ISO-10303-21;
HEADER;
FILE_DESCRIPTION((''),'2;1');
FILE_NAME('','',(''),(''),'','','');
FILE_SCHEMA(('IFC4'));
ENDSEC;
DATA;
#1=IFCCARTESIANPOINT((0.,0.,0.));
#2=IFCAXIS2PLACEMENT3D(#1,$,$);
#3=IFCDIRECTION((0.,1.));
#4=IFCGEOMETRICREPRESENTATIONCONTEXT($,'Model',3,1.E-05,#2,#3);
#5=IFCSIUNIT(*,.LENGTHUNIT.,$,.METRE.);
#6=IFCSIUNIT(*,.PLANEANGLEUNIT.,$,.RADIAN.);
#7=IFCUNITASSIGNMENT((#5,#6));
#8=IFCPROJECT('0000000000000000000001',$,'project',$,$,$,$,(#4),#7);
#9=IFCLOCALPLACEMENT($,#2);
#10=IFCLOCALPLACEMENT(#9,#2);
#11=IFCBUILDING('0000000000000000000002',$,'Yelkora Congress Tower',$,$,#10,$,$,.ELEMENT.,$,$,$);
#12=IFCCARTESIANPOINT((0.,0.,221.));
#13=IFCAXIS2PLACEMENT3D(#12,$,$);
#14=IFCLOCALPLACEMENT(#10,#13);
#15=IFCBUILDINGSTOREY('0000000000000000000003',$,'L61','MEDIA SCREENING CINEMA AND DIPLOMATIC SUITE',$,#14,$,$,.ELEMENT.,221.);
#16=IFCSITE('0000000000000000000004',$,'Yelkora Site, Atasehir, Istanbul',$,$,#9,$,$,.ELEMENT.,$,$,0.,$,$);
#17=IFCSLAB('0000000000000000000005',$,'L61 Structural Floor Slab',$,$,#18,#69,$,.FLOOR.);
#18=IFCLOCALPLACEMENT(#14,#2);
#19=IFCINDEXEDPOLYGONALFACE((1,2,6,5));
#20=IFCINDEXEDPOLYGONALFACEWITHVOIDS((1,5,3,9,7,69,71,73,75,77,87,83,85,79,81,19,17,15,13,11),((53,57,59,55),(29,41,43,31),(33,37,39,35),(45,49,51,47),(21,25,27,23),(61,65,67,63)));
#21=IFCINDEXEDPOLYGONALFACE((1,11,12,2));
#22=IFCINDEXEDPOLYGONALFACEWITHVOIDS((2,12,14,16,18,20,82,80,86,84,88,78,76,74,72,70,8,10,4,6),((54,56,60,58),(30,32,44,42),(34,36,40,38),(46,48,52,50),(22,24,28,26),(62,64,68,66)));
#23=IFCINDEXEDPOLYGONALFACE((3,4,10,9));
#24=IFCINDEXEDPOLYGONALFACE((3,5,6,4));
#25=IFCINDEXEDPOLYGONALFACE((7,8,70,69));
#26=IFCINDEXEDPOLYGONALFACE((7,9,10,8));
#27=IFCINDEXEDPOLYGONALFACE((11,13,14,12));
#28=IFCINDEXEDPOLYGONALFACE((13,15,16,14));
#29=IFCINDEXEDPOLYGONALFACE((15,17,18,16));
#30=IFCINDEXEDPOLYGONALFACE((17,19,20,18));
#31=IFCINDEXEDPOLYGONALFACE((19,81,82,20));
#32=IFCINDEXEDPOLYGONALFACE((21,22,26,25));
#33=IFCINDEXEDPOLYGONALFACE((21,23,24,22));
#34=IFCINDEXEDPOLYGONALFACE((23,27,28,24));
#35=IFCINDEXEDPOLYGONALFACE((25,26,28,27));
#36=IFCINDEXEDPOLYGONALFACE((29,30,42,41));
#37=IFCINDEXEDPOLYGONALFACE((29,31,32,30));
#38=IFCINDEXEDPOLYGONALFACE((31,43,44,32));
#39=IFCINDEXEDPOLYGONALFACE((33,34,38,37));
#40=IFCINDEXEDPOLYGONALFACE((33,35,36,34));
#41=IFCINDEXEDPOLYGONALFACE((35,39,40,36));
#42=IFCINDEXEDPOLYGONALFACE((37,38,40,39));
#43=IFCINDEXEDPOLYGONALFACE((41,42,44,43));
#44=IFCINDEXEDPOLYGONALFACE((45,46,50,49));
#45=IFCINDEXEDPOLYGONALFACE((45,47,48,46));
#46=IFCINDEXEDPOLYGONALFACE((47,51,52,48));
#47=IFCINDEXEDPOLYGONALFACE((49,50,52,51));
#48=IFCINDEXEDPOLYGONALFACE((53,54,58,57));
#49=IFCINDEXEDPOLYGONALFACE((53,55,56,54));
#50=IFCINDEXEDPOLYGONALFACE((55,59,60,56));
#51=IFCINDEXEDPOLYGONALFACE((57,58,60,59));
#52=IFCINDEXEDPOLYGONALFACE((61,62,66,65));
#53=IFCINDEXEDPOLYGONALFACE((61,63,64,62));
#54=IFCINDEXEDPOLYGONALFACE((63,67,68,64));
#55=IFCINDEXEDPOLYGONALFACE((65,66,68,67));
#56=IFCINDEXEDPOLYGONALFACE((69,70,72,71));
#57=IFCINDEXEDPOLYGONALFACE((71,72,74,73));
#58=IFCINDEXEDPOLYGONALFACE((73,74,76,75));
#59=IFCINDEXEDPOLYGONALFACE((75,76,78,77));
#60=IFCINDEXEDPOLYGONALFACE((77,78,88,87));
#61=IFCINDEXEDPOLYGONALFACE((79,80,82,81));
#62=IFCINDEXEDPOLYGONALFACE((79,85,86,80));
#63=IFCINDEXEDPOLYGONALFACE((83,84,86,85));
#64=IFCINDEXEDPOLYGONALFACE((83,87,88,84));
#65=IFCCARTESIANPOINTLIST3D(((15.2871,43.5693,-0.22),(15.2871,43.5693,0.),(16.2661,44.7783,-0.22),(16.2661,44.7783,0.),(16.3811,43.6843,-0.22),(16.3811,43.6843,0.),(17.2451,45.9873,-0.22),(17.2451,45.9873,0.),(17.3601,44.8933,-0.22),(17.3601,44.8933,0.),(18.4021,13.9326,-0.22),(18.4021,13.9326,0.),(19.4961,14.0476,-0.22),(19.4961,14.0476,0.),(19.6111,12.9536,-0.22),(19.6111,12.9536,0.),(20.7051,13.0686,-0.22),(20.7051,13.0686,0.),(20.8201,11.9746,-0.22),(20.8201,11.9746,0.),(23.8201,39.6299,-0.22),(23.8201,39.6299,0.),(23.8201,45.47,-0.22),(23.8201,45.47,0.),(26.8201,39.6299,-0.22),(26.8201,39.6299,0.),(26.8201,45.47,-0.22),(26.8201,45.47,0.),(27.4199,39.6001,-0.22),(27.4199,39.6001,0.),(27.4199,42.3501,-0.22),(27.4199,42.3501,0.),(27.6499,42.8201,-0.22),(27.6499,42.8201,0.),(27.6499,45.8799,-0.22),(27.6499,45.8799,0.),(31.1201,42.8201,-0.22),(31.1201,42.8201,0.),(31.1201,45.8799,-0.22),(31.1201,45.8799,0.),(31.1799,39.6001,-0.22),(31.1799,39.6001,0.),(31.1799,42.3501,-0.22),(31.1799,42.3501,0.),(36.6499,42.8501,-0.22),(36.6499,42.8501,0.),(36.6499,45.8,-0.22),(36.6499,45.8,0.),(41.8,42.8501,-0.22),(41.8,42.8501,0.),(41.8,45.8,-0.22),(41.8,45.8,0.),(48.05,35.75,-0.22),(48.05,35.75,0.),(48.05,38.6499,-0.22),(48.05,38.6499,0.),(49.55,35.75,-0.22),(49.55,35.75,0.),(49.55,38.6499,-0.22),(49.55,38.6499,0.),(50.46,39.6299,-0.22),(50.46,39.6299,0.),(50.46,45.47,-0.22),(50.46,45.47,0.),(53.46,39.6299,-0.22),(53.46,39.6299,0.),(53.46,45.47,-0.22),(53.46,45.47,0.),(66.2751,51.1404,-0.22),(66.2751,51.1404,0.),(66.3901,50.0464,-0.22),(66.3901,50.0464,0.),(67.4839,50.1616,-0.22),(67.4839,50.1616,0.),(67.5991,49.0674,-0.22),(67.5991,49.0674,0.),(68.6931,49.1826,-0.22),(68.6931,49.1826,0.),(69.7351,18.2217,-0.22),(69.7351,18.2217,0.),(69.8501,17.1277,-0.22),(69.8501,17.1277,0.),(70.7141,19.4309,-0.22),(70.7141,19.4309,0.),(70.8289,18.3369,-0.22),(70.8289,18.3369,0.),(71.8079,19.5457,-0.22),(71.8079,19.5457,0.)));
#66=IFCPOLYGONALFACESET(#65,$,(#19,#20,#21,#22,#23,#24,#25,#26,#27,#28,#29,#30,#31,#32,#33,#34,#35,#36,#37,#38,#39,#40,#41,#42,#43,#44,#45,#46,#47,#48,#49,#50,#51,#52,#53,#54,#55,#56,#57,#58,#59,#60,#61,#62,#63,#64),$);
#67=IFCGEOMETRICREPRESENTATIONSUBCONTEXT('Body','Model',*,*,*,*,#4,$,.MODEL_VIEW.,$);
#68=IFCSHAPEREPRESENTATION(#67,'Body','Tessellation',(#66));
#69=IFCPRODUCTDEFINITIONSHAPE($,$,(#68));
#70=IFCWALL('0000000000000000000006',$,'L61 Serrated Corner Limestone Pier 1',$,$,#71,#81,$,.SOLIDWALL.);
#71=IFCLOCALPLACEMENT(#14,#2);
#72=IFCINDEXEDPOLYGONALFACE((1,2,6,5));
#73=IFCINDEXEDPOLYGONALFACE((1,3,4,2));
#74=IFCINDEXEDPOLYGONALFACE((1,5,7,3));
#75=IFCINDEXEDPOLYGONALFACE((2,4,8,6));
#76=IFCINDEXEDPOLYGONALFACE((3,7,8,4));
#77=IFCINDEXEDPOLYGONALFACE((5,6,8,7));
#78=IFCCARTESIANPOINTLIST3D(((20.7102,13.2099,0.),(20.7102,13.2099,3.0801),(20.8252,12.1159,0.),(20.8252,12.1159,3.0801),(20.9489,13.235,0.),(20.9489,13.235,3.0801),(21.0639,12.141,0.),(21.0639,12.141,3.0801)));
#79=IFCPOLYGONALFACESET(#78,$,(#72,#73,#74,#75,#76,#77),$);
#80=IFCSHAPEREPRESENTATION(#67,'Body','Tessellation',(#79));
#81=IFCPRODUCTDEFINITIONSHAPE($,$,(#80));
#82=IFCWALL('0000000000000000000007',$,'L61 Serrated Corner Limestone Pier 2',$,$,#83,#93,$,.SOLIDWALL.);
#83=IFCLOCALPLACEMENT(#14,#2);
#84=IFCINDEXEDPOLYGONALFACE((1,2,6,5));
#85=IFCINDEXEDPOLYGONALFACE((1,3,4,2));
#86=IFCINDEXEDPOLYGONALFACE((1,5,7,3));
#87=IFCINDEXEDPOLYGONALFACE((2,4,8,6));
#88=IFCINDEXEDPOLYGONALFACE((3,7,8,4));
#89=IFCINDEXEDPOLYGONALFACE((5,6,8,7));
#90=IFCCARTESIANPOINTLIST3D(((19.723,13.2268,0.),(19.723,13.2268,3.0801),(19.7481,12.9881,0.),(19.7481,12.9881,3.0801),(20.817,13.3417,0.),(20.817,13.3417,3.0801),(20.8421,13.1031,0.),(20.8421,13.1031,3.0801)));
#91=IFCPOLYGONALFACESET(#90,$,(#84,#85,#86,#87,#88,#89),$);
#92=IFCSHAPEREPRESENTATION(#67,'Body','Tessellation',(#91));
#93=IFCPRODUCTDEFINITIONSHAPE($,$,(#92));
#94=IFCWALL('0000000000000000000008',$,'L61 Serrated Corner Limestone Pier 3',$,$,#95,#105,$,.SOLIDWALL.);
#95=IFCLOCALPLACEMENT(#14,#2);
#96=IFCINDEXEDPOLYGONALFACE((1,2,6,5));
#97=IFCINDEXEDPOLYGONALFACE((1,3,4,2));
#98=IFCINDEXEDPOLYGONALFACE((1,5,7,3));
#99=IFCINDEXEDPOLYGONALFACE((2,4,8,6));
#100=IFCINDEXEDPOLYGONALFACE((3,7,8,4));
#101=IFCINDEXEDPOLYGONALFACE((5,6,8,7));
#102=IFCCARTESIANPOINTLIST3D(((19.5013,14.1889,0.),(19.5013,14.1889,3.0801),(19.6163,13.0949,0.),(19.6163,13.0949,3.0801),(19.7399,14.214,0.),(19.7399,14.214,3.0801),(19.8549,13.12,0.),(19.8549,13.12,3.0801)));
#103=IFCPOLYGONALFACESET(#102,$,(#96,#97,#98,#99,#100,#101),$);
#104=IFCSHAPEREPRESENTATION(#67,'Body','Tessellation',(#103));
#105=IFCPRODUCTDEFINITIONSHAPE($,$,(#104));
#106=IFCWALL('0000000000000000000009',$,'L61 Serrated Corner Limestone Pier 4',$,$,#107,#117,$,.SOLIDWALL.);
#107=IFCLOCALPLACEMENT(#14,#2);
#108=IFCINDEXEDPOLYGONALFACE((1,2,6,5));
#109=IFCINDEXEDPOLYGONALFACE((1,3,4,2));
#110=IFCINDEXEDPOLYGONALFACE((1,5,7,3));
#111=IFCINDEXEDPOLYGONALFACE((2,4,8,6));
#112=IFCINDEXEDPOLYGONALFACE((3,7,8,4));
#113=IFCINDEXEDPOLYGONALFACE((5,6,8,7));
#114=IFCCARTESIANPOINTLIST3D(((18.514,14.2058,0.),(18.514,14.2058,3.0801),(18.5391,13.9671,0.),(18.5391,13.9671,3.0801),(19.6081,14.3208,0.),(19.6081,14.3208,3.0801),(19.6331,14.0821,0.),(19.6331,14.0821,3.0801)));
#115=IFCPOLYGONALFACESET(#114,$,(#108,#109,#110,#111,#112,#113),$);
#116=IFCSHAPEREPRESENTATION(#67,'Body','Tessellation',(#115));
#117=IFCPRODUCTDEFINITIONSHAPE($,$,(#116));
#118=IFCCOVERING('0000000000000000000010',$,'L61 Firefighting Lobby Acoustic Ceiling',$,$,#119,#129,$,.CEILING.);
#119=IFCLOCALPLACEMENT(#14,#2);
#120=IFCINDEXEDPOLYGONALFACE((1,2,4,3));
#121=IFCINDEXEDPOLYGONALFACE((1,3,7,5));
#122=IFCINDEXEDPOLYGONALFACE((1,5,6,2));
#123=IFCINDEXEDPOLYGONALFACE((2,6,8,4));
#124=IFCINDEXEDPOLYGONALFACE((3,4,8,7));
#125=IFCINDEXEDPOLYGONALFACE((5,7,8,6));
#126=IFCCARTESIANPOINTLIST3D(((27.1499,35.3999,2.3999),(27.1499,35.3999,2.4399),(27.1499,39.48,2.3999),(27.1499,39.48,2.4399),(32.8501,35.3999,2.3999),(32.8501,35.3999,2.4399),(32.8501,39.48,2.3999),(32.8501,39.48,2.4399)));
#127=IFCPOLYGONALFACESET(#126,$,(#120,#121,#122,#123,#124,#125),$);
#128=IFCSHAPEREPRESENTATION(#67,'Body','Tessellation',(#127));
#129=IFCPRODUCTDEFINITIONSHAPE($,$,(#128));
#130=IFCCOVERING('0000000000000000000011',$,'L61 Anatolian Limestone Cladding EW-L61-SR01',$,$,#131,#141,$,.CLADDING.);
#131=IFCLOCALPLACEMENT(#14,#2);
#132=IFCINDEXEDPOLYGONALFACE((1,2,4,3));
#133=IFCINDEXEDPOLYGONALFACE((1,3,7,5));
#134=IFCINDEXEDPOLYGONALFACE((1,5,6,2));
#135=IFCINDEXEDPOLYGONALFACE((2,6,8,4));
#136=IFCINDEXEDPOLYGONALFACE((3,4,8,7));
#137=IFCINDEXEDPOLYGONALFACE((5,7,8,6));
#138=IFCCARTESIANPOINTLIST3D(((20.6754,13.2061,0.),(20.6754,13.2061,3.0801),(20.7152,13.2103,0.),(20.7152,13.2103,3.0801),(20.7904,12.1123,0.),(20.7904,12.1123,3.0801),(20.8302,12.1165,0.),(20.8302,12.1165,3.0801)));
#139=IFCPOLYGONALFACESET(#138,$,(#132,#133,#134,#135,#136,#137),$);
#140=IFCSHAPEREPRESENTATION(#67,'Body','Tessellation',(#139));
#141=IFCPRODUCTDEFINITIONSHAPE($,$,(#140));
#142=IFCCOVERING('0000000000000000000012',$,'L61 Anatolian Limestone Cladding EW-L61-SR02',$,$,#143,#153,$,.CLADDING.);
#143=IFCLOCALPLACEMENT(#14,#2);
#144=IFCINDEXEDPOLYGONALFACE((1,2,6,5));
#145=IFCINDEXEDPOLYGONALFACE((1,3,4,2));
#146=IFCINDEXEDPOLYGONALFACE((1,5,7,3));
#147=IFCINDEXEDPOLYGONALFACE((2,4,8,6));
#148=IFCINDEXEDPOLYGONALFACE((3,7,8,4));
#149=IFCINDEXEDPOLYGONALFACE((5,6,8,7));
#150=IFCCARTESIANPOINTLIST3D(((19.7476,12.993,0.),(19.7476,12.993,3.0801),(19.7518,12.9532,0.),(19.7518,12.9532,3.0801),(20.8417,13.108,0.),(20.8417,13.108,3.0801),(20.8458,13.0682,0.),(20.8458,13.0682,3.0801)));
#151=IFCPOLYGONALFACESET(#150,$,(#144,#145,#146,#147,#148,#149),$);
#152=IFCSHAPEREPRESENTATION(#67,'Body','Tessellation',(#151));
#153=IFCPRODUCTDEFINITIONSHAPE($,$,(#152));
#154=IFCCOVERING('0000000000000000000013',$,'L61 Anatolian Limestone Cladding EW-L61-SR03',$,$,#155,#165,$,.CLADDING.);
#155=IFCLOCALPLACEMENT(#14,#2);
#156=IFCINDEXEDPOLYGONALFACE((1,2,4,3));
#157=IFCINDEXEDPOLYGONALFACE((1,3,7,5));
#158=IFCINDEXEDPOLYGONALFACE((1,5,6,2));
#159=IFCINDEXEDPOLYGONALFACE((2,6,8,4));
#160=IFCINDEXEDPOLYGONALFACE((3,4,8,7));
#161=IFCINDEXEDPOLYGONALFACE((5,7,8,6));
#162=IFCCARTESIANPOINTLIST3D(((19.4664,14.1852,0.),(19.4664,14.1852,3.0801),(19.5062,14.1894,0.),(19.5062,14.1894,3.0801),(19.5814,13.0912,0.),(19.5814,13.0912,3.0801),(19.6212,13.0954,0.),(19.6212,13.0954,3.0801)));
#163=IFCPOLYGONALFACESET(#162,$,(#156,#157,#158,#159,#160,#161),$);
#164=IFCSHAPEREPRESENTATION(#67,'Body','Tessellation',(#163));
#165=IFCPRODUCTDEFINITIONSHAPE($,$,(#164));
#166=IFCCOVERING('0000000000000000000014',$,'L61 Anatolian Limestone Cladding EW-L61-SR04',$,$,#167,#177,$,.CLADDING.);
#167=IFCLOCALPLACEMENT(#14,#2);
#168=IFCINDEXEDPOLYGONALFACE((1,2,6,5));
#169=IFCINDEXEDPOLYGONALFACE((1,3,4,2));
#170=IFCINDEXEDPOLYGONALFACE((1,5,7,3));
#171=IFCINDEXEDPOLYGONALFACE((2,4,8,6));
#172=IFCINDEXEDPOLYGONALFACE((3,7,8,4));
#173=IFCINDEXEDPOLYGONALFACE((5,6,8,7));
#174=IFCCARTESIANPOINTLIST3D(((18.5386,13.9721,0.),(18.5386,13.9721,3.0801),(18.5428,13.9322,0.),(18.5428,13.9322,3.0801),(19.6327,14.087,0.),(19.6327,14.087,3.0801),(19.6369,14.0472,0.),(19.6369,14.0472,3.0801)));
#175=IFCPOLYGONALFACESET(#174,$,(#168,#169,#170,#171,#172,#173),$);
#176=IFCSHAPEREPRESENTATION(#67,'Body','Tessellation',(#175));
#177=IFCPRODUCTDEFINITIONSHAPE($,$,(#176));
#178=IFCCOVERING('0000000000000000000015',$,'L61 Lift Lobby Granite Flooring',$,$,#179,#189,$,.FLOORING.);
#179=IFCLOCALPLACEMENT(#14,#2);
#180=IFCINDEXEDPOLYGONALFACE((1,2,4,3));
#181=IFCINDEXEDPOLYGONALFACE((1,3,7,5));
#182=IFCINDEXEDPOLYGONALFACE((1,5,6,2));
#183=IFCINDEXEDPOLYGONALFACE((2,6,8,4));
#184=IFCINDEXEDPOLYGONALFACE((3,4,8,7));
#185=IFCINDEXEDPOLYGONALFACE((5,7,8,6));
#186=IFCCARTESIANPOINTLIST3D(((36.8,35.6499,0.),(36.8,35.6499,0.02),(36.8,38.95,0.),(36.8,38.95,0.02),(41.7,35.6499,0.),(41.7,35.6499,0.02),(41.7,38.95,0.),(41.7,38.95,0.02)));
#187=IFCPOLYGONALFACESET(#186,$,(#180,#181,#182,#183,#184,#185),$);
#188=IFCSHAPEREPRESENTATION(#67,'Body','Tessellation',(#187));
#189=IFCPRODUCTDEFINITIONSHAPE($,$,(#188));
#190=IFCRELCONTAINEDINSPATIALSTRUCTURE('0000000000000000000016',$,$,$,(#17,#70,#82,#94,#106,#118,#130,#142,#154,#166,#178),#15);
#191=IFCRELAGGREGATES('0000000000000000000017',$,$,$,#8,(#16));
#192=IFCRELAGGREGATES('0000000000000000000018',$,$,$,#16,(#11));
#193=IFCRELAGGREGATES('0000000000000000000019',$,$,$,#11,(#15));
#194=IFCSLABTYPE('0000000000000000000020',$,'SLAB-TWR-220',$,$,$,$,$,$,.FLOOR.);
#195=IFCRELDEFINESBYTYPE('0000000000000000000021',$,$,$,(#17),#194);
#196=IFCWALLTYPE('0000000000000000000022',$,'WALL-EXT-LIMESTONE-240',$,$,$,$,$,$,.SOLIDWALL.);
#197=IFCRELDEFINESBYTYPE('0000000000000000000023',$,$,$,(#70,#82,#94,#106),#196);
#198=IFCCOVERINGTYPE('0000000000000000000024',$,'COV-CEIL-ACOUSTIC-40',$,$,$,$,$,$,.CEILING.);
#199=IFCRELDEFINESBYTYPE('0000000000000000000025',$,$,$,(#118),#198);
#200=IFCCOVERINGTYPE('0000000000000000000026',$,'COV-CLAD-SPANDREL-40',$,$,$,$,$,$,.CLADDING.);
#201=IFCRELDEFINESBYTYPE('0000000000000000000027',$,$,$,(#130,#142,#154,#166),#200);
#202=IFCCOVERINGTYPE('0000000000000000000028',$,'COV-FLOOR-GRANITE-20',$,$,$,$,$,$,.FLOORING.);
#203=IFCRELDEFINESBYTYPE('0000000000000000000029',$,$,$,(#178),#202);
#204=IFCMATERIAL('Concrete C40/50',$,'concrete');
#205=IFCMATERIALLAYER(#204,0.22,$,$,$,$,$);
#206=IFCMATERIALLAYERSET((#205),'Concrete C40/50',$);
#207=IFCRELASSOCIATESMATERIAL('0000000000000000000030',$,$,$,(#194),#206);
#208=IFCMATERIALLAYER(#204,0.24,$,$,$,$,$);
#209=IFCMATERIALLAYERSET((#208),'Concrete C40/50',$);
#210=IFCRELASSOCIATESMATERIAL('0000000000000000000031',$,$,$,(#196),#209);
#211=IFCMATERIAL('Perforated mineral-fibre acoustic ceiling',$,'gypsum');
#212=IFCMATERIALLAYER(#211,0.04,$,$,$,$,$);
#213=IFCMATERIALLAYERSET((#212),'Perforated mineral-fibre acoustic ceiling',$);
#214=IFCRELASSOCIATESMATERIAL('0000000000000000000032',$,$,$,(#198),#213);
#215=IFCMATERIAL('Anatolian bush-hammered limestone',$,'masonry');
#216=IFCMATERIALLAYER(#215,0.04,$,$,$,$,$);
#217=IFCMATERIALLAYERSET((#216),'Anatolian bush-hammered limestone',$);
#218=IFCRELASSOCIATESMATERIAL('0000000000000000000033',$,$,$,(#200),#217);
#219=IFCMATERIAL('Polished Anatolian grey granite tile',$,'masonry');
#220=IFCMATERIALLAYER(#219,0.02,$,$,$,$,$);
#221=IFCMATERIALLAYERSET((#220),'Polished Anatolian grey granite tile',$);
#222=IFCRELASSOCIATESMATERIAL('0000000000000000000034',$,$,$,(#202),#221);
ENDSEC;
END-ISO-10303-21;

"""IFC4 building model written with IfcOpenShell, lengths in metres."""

from ifc_helpers import new_model, si_unit, direction, frame, frame_2d, origin, place, context, subcontext, project, spatial, polyline, rectangle, outline, extrude, material, layer, layer_set, type_object, element, save


model = new_model("IFC4")

# Units and contexts
model_context = context("Model", 3, precision=1e-05, world=origin(), true_north=direction((0.0, 1.0)))
body_context = subcontext(model_context, "Body", "Model", "MODEL_VIEW")
ifc_project = project(units=[si_unit("LENGTHUNIT", "METRE"), si_unit("PLANEANGLEUNIT", "RADIAN")], contexts=[model_context])

# Site, building, storey
site_placement = place(None, origin())
site = spatial("IfcSite", under=ifc_project, at=site_placement, Name="Yelkora Site, Atasehir, Istanbul", CompositionType="ELEMENT", RefElevation=0.0)
building_placement = place(site_placement, origin())
building = spatial("IfcBuilding", under=site, at=building_placement, Name="Yelkora Congress Tower", CompositionType="ELEMENT")
storey_placement = place(building_placement, frame((0.0, 0.0, 221.0)))
storey = spatial("IfcBuildingStorey", under=building, at=storey_placement, Name="L61", Description="MEDIA SCREENING CINEMA AND DIPLOMATIC SUITE", CompositionType="ELEMENT", Elevation=221.0)

# Shared definitions
ifc_material_1 = material(Name="Concrete C40/50", Category="concrete")

# Slab
ifc_layer_1 = layer(ifc_material_1, 0.22)
ifc_layer_set_1 = layer_set([ifc_layer_1], Name="Concrete C40/50")
slab_type_1 = type_object("IfcSlabType", Name="SLAB-TWR-220", PredefinedType="FLOOR", material=ifc_layer_set_1)
slab_1_placement = place(storey_placement, frame((0.0, 0.0, -0.22)))
element("IfcSlab", 1, at=slab_1_placement, inside=storey, type_object=slab_type_1, Name="L61 Structural Floor Slab", PredefinedType="FLOOR", context=body_context, shape_type="SweptSolid", body=[
    extrude(outline(polyline([(20.8201, 11.9746), (69.8501, 17.1277), (69.7351, 18.2217), (70.8289, 18.3369), (70.7141, 19.4309), (71.8079, 19.5457), (68.6931, 49.1826), (67.5991, 49.0674), (67.4839, 50.1616), (66.3901, 50.0464), (66.2751, 51.1404), (17.2451, 45.9873), (17.3601, 44.8933), (16.2661, 44.7783), (16.3811, 43.6843), (15.2871, 43.5693), (18.4021, 13.9326), (19.4961, 14.0476), (19.6111, 12.9536), (20.7051, 13.0686), (20.8201, 11.9746)]), holes=[polyline([(23.8201, 39.6299), (26.8201, 39.6299), (26.8201, 45.47), (23.8201, 45.47), (23.8201, 39.6299)]), polyline([(50.46, 39.6299), (53.46, 39.6299), (53.46, 45.47), (50.46, 45.47), (50.46, 39.6299)]), polyline([(48.05, 35.75), (49.55, 35.75), (49.55, 38.6499), (48.05, 38.6499), (48.05, 35.75)]), polyline([(36.6499, 42.8501), (41.8, 42.8501), (41.8, 45.8), (36.6499, 45.8), (36.6499, 42.8501)]), polyline([(27.4199, 39.6001), (31.1799, 39.6001), (31.1799, 42.3501), (27.4199, 42.3501), (27.4199, 39.6001)]), polyline([(27.6499, 42.8201), (31.1201, 42.8201), (31.1201, 45.8799), (27.6499, 45.8799), (27.6499, 42.8201)])]), origin(), (0.0, 0.0, 1.0), 0.22),
])

# Walls
ifc_layer_2 = layer(ifc_material_1, 0.24)
ifc_layer_set_2 = layer_set([ifc_layer_2], Name="Concrete C40/50")
wall_type = type_object("IfcWallType", Name="WALL-EXT-LIMESTONE-240", PredefinedType="SOLIDWALL", material=ifc_layer_set_2)
for number, where, z_axis, x_axis, name in (
    (2, (20.9446, 12.1284, 0.0), (0.0, 0.0, 1.0), (-0.104535, 0.994521, 0.0), "L61 Serrated Corner Limestone Pier 1"),
    (3, (20.8296, 13.2224, 0.0), (0.0, 0.0, 1.0), (-0.994521, -0.104535, 0.0), "L61 Serrated Corner Limestone Pier 2"),
    (4, (19.7356, 13.1074, 0.0), (0.0, 0.0, 1.0), (-0.104535, 0.994521, 0.0), "L61 Serrated Corner Limestone Pier 3"),
    (5, (19.6206, 14.2014, 0.0), (0.0, 0.0, 1.0), (-0.994521, -0.104535, 0.0), "L61 Serrated Corner Limestone Pier 4"),
):
    element("IfcWall", number, at=place(storey_placement, frame(where, z_axis=z_axis, x_axis=x_axis)), inside=storey, type_object=wall_type, Name=name, PredefinedType="SOLIDWALL", context=body_context, shape_type="SweptSolid", body=[
        extrude(rectangle(XDim=1.1001, YDim=0.24, at=frame_2d((0.55, 0.0))), origin(), (0.0, 0.0, 1.0), 3.0801),
    ])

# Coverings
ifc_material_2 = material(Name="Perforated mineral-fibre acoustic ceiling", Category="gypsum")
ifc_layer_3 = layer(ifc_material_2, 0.04)
ifc_layer_set_3 = layer_set([ifc_layer_3], Name="Perforated mineral-fibre acoustic ceiling")
covering_type_1 = type_object("IfcCoveringType", Name="COV-CEIL-ACOUSTIC-40", PredefinedType="CEILING", material=ifc_layer_set_3)
covering_1_placement = place(storey_placement, frame((0.0, 0.0, 2.3999)))
element("IfcCovering", 6, at=covering_1_placement, inside=storey, type_object=covering_type_1, Name="L61 Firefighting Lobby Acoustic Ceiling", PredefinedType="CEILING", context=body_context, shape_type="SweptSolid", body=[
    extrude(outline(polyline([(27.1499, 35.3999), (32.8501, 35.3999), (32.8501, 39.48), (27.1499, 39.48), (27.1499, 35.3999)])), origin(), (0.0, 0.0, 1.0), 0.04),
])
ifc_material_3 = material(Name="Anatolian bush-hammered limestone", Category="masonry")
ifc_layer_4 = layer(ifc_material_3, 0.04)
ifc_layer_set_4 = layer_set([ifc_layer_4], Name="Anatolian bush-hammered limestone")
covering_type_2 = type_object("IfcCoveringType", Name="COV-CLAD-SPANDREL-40", PredefinedType="CLADDING", material=ifc_layer_set_4)
covering_2_placement = place(storey_placement, frame((20.8103, 12.1145, 0.0), z_axis=(0.0, 0.0, 1.0), x_axis=(-0.104558, 0.994519, 0.0)))
element("IfcCovering", 7, at=covering_2_placement, inside=storey, type_object=covering_type_2, Name="L61 Anatolian Limestone Cladding EW-L61-SR01", PredefinedType="CLADDING", context=body_context, shape_type="SweptSolid", body=[
    extrude(rectangle(XDim=1.0999, YDim=0.04, at=frame_2d((0.5498, 0.0))), origin(), (0.0, 0.0, 1.0), 3.0801),
])
for number, where, z_axis, x_axis, name in (
    (8, (20.8438, 13.0881, 0.0), (0.0, 0.0, 1.0), (-0.994521, -0.104535, 0.0), "L61 Anatolian Limestone Cladding EW-L61-SR02"),
    (9, (19.6013, 13.0933, 0.0), (0.0, 0.0, 1.0), (-0.104535, 0.994521, 0.0), "L61 Anatolian Limestone Cladding EW-L61-SR03"),
    (10, (19.6348, 14.0671, 0.0), (0.0, 0.0, 1.0), (-0.994521, -0.104535, 0.0), "L61 Anatolian Limestone Cladding EW-L61-SR04"),
):
    element("IfcCovering", number, at=place(storey_placement, frame(where, z_axis=z_axis, x_axis=x_axis)), inside=storey, type_object=covering_type_2, Name=name, PredefinedType="CLADDING", context=body_context, shape_type="SweptSolid", body=[
        extrude(rectangle(XDim=1.1001, YDim=0.04, at=frame_2d((0.55, 0.0))), origin(), (0.0, 0.0, 1.0), 3.0801),
    ])
ifc_material_4 = material(Name="Polished Anatolian grey granite tile", Category="masonry")
ifc_layer_5 = layer(ifc_material_4, 0.02)
ifc_layer_set_5 = layer_set([ifc_layer_5], Name="Polished Anatolian grey granite tile")
covering_type_3 = type_object("IfcCoveringType", Name="COV-FLOOR-GRANITE-20", PredefinedType="FLOORING", material=ifc_layer_set_5)
covering_3_placement = place(storey_placement, origin())
element("IfcCovering", 11, at=covering_3_placement, inside=storey, type_object=covering_type_3, Name="L61 Lift Lobby Granite Flooring", PredefinedType="FLOORING", context=body_context, shape_type="SweptSolid", body=[
    extrude(outline(polyline([(36.8, 35.6499), (41.7, 35.6499), (41.7, 38.95), (36.8, 38.95), (36.8, 35.6499)])), origin(), (0.0, 0.0, 1.0), 0.02),
])

save(model, "model.ifc")
